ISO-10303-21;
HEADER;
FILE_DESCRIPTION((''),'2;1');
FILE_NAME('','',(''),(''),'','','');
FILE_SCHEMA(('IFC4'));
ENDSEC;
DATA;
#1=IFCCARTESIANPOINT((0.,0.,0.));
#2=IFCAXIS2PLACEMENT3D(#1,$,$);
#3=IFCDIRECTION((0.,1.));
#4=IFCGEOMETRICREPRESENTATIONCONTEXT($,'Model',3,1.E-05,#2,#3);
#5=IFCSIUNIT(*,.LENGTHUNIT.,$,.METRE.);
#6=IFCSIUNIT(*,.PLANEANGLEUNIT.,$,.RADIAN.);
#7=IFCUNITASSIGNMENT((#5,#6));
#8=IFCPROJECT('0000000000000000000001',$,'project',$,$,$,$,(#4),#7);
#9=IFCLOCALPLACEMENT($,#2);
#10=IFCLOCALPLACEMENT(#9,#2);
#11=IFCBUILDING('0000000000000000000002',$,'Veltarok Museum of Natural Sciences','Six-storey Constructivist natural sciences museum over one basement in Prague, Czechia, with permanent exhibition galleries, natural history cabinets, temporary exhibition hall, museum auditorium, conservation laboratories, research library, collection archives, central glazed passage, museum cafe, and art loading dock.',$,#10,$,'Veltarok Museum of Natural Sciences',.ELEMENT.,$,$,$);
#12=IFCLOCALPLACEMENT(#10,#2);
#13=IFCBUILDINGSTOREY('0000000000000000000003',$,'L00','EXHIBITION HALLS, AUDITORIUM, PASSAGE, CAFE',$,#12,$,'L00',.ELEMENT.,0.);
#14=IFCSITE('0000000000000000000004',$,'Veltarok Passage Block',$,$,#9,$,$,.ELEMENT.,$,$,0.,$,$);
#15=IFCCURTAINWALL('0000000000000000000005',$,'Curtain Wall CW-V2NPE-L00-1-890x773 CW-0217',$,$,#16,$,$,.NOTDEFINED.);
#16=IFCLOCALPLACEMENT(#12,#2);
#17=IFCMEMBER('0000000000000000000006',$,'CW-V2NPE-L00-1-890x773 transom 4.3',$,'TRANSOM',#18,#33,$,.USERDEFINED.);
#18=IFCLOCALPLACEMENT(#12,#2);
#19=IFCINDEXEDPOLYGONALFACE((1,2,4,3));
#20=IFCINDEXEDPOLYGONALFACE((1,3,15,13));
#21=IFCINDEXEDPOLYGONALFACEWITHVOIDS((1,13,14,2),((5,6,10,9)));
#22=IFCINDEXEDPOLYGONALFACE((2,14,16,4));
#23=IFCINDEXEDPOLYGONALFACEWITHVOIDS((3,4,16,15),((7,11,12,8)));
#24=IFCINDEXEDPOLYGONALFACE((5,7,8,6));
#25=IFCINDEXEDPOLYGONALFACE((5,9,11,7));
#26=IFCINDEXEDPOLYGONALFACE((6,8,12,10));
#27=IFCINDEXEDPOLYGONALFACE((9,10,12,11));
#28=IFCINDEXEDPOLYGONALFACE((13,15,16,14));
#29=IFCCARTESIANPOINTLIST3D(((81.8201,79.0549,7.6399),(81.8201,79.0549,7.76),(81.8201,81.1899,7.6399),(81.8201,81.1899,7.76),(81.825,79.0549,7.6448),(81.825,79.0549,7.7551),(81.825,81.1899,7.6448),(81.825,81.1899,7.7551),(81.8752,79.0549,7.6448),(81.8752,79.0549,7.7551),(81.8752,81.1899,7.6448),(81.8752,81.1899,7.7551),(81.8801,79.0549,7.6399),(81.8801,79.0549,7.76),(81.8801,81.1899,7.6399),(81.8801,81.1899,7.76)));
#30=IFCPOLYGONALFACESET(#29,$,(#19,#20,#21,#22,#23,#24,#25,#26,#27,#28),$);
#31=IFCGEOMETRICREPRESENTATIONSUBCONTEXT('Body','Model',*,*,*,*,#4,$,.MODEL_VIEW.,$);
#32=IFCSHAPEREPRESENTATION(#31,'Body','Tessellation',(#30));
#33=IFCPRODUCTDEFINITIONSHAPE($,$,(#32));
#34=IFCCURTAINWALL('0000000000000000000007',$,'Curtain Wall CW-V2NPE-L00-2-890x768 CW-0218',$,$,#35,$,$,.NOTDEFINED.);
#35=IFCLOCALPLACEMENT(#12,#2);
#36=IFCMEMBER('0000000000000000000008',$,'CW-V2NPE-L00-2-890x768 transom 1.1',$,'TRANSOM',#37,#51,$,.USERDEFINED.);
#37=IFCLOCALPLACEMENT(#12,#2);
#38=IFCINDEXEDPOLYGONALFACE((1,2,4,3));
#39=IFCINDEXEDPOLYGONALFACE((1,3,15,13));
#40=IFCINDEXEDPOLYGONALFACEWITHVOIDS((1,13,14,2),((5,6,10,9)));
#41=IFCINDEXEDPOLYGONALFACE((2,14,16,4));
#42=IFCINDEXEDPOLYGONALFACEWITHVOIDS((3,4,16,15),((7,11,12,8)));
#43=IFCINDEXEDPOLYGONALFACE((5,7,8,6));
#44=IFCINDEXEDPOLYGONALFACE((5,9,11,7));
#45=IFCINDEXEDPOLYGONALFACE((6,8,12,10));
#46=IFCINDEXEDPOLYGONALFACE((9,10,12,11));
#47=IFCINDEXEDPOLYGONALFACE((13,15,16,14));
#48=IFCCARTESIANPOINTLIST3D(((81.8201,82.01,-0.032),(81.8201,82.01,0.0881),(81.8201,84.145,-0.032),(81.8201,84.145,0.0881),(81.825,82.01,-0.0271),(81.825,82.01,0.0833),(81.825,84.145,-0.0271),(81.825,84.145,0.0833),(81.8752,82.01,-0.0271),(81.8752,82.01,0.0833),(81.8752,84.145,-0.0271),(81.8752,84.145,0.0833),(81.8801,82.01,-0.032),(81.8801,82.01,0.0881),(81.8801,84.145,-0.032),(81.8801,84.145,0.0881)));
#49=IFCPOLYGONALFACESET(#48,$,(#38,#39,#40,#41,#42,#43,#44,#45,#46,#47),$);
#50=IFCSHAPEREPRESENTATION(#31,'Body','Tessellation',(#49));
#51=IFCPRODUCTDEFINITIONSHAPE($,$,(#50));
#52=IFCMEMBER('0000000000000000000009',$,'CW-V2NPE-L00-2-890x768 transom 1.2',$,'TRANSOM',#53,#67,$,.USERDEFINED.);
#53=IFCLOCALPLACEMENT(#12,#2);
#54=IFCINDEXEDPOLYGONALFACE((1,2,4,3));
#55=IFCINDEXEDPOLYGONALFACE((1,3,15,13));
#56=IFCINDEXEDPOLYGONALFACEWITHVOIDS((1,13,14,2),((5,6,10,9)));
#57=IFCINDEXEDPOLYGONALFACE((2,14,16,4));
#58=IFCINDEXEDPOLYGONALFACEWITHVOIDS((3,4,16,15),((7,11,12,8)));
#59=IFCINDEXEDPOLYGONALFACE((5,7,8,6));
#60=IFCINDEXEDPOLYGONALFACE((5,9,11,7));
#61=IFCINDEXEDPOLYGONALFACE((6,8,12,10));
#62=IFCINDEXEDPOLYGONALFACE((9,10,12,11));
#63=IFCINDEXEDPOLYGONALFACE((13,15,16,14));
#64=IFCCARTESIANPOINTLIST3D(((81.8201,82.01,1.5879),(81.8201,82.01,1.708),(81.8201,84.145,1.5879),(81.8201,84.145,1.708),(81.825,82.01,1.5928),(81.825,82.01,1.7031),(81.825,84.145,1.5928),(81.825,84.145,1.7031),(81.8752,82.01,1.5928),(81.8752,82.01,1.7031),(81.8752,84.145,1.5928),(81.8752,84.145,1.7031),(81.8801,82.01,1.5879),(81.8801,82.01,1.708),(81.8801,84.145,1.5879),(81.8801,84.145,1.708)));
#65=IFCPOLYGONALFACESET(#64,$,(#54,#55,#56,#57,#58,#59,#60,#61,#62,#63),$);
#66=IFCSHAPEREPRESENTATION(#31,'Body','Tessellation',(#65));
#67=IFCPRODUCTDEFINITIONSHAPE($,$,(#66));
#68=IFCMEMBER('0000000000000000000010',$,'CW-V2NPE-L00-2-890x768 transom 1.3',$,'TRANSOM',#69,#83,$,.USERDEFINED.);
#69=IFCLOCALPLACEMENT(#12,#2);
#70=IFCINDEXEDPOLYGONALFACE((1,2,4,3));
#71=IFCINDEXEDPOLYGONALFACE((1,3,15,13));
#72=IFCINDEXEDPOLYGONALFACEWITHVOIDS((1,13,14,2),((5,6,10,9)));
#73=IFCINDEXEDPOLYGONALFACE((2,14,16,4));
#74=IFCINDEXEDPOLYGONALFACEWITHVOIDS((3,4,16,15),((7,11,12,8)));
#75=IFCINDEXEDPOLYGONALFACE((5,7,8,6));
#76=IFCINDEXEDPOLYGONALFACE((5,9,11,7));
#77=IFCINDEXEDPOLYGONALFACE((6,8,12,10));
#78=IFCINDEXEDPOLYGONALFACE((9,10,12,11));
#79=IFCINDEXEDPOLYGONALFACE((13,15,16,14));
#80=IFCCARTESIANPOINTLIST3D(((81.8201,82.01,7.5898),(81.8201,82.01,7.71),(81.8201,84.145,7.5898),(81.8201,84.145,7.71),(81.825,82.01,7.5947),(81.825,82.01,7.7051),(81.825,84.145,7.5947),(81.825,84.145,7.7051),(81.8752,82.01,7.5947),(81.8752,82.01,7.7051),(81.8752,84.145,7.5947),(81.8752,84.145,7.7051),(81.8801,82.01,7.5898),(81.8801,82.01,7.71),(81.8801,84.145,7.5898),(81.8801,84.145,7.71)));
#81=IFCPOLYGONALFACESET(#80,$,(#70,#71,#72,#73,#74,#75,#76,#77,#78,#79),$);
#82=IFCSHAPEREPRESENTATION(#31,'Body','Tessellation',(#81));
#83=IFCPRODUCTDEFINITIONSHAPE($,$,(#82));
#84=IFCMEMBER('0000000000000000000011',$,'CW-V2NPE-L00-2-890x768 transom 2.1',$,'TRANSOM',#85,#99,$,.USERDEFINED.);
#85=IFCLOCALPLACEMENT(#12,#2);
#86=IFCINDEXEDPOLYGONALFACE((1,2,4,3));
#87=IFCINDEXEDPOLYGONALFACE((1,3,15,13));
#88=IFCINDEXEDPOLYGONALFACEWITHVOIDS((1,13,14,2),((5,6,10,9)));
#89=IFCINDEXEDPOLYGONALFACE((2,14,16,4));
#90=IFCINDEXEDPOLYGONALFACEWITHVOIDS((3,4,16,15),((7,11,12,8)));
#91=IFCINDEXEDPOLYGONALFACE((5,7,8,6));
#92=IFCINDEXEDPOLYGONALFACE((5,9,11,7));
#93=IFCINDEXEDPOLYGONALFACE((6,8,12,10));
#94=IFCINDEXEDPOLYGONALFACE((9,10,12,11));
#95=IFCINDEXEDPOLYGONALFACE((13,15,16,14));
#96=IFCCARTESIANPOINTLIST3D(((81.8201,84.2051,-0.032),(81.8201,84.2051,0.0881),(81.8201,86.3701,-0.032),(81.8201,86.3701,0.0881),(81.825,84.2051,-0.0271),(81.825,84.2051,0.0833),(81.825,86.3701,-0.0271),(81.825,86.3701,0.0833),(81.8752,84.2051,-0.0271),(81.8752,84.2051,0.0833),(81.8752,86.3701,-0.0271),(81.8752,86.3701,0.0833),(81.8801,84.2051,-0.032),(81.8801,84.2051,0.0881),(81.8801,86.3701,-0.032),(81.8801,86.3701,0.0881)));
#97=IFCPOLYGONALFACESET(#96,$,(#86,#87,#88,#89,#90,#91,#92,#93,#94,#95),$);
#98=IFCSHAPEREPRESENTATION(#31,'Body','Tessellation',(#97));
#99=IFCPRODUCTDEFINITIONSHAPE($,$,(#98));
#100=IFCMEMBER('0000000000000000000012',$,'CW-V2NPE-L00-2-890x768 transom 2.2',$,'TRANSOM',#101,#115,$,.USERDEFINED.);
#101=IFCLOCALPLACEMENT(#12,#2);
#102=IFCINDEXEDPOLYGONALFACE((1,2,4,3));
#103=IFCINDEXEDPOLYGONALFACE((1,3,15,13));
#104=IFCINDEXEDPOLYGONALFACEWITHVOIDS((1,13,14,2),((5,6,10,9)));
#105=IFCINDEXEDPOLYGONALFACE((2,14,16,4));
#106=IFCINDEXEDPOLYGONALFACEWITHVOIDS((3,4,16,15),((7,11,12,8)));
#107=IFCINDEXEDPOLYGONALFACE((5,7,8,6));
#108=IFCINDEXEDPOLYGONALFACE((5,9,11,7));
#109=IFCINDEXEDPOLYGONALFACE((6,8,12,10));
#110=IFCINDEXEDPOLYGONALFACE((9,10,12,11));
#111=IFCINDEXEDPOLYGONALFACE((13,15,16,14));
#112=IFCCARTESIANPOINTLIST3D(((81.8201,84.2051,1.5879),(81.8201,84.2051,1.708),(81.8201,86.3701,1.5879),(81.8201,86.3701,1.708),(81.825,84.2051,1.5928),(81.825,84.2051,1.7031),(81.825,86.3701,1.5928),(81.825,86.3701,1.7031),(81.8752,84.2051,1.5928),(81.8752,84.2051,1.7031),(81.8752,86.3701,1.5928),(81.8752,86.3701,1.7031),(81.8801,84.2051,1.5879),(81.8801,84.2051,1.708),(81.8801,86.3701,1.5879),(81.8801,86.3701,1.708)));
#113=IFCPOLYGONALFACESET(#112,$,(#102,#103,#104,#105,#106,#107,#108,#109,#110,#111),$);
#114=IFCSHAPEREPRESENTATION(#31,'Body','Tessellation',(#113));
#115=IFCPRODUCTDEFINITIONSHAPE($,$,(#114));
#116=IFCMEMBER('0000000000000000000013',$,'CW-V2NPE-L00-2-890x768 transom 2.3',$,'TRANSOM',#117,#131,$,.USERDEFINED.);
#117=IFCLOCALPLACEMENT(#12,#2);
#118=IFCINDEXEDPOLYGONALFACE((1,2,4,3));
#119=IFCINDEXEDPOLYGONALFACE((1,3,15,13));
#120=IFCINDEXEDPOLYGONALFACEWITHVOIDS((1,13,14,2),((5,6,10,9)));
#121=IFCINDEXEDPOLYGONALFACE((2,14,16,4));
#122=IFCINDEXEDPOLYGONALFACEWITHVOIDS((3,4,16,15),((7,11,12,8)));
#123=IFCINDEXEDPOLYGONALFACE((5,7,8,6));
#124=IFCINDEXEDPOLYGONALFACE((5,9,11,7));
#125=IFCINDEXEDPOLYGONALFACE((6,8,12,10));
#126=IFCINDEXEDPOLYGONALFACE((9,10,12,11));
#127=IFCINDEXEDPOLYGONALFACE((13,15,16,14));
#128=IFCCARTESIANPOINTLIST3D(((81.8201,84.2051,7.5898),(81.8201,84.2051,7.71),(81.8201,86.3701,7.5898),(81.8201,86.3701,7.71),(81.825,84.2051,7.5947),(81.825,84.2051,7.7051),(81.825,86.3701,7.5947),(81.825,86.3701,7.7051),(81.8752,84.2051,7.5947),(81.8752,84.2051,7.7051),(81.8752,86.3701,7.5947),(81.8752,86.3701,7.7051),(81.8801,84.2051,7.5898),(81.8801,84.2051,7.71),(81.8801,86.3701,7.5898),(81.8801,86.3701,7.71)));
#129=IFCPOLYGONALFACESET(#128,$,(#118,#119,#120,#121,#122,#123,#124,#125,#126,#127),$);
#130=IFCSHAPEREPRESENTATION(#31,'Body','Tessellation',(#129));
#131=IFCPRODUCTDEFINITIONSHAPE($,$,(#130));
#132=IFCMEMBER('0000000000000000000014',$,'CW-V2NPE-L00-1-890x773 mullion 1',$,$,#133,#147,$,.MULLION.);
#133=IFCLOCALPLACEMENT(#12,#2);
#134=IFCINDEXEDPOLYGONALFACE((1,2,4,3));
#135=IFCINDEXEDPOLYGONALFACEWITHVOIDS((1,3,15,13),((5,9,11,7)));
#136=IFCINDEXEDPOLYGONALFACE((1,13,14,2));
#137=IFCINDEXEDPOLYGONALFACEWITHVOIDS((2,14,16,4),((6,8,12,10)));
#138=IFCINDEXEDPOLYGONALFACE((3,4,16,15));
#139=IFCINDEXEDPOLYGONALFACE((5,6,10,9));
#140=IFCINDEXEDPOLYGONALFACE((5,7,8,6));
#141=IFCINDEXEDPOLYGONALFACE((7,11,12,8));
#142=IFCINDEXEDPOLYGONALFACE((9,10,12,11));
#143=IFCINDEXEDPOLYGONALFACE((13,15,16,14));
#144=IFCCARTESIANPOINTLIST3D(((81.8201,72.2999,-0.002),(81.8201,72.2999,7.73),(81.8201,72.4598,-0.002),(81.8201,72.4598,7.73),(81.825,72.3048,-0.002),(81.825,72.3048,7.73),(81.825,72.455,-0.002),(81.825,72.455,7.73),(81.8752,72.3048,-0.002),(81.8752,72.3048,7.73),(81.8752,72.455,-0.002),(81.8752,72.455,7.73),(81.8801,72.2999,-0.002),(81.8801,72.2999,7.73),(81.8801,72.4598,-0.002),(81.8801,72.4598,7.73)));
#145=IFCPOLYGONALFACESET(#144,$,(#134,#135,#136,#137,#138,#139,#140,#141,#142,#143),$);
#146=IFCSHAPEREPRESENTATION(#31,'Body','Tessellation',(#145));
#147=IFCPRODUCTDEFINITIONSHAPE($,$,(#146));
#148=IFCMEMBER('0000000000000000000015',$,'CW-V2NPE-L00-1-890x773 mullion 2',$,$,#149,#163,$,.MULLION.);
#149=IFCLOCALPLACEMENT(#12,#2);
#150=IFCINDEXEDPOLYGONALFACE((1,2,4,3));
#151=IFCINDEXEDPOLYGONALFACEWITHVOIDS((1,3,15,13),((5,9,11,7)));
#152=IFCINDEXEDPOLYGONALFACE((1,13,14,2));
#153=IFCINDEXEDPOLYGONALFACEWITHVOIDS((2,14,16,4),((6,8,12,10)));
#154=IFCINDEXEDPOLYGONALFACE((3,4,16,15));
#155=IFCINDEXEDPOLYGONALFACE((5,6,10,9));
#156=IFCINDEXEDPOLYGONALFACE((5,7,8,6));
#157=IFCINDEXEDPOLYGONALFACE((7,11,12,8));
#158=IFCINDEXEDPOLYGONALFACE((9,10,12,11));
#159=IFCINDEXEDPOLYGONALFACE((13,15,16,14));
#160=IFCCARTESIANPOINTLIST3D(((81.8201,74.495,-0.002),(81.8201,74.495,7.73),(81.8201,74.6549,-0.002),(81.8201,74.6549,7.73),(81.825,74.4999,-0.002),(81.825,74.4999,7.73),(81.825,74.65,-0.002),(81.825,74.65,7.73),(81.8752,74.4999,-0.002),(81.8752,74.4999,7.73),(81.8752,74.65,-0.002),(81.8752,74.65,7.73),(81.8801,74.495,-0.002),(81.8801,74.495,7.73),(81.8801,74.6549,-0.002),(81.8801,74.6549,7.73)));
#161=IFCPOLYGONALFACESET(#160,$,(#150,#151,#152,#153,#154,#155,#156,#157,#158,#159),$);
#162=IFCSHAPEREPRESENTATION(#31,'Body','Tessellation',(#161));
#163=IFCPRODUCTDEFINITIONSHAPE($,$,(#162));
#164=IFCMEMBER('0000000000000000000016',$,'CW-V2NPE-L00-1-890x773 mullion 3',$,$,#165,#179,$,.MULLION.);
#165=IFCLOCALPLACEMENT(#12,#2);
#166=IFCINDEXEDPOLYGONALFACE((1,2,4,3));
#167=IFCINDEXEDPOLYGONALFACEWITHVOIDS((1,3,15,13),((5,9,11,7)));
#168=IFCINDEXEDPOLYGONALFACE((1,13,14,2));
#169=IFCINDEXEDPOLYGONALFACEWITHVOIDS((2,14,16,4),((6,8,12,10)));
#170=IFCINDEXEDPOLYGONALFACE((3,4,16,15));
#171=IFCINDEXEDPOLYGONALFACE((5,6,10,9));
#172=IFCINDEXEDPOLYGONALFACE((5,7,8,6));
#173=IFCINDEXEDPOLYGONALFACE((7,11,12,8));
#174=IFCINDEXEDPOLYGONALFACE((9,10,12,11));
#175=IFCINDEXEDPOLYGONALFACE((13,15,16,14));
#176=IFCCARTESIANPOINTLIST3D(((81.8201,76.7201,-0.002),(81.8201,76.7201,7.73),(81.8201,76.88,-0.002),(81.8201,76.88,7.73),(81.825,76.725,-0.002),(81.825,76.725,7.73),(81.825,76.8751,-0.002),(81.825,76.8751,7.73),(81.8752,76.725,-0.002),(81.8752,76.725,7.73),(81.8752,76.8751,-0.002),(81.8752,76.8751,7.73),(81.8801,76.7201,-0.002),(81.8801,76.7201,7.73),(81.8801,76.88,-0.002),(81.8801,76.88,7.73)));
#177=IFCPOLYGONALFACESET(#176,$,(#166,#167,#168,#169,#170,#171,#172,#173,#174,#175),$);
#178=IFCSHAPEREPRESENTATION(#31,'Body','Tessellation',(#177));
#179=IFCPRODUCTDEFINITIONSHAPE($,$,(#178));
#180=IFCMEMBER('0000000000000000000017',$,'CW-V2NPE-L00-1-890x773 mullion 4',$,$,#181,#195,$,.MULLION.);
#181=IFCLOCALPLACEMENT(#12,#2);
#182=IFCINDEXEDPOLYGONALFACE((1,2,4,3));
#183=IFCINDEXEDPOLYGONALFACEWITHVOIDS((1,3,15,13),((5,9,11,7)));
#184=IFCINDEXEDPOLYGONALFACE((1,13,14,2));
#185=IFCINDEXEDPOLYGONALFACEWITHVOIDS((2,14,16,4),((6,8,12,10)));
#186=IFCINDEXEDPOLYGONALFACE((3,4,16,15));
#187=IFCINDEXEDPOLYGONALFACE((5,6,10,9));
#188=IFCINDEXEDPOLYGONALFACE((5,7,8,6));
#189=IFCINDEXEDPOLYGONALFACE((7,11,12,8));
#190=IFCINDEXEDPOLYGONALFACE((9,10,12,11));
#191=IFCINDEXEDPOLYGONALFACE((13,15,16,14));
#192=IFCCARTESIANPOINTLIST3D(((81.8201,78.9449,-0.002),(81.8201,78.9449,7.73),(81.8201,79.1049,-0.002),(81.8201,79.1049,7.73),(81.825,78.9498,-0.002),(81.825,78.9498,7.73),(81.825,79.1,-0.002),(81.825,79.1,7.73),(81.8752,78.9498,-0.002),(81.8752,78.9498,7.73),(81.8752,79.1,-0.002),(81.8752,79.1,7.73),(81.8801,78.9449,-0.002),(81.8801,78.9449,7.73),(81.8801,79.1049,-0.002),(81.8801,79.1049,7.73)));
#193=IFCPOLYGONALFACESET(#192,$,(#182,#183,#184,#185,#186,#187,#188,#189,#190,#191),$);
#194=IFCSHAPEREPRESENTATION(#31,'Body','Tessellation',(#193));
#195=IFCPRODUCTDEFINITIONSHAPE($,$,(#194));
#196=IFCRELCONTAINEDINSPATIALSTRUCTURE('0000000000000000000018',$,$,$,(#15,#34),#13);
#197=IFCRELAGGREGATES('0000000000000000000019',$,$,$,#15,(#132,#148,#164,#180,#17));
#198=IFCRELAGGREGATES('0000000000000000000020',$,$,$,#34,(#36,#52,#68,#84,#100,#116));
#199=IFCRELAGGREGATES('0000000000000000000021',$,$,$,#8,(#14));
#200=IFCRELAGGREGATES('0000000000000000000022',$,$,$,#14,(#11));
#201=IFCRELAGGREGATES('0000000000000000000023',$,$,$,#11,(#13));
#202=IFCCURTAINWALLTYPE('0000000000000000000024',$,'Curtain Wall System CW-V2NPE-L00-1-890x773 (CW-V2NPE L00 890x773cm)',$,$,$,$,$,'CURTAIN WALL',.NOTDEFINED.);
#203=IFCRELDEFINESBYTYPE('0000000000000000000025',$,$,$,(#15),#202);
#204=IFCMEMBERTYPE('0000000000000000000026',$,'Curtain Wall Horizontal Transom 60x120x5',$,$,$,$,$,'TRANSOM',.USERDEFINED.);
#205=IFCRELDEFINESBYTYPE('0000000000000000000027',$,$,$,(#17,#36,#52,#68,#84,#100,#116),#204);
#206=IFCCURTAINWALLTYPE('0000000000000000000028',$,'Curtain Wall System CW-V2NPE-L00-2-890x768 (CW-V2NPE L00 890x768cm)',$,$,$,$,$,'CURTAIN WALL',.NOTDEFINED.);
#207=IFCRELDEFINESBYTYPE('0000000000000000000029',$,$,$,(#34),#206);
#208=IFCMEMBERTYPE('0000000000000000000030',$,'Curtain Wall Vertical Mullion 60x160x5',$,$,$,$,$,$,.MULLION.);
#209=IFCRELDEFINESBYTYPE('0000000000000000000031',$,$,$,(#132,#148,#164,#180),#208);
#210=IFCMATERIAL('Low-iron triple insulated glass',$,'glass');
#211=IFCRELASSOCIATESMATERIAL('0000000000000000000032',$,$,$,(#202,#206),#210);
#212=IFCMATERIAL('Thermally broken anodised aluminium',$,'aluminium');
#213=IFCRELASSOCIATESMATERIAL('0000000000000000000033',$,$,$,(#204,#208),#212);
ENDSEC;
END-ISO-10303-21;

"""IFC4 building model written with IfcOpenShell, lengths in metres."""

from ifc_helpers import new_model, si_unit, direction, frame, origin, origin_2d, place, context, subcontext, project, spatial, hollow_rectangle, extrude, material, material_profile, profile_set, type_object, element, aggregate, save


model = new_model("IFC4")

# Units and contexts
model_context = context("Model", 3, precision=1e-05, world=origin(), true_north=direction((0.0, 1.0)))
body_context = subcontext(model_context, "Body", "Model", "MODEL_VIEW")
ifc_project = project(units=[si_unit("LENGTHUNIT", "METRE"), si_unit("PLANEANGLEUNIT", "RADIAN")], contexts=[model_context])

# Site, building, storey
site_placement = place(None, origin())
site = spatial("IfcSite", under=ifc_project, at=site_placement, Name="Veltarok Passage Block", CompositionType="ELEMENT", RefElevation=0.0)
building_placement = place(site_placement, origin())
building = spatial("IfcBuilding", under=site, at=building_placement, Name="Veltarok Museum of Natural Sciences", Description="Six-storey Constructivist natural sciences museum over one basement in Prague, Czechia, with permanent exhibition galleries, natural history cabinets, temporary exhibition hall, museum auditorium, conservation laboratories, research library, collection archives, central glazed passage, museum cafe, and art loading dock.", LongName="Veltarok Museum of Natural Sciences", CompositionType="ELEMENT")
storey_placement = place(building_placement, origin())
storey = spatial("IfcBuildingStorey", under=building, at=storey_placement, Name="L00", Description="EXHIBITION HALLS, AUDITORIUM, PASSAGE, CAFE", LongName="L00", CompositionType="ELEMENT", Elevation=0.0)

# Curtain walls, members
ifc_material_1 = material(Name="Low-iron triple insulated glass", Category="glass")
curtain_wall_type_1 = type_object("IfcCurtainWallType", Name="Curtain Wall System CW-V2NPE-L00-1-890x773 (CW-V2NPE L00 890x773cm)", ElementType="CURTAIN WALL", PredefinedType="NOTDEFINED", material=ifc_material_1)
curtain_wall_1_placement = place(storey_placement, origin())
curtain_wall_1 = element("IfcCurtainWall", 1, at=curtain_wall_1_placement, inside=storey, type_object=curtain_wall_type_1, Name="Curtain Wall CW-V2NPE-L00-1-890x773 CW-0217", PredefinedType="NOTDEFINED")
ifc_material_2 = material(Name="Thermally broken anodised aluminium", Category="aluminium")
ifc_material_profile_1 = material_profile(ifc_material_2, hollow_rectangle(XDim=0.0601, YDim=0.1201, WallThickness=0.0049, at=origin_2d()), Name="CW TRANSOM 60x120x5")
ifc_profile_set_1 = profile_set([ifc_material_profile_1], Name="Thermally broken anodised aluminium")
member_type_1 = type_object("IfcMemberType", Name="Curtain Wall Horizontal Transom 60x120x5", ElementType="TRANSOM", PredefinedType="USERDEFINED", material=ifc_profile_set_1)
member_1_placement = place(storey_placement, frame((81.8501, 79.0549, 7.7), z_axis=(0.0, 1.0, 0.0), x_axis=(-1.0, 0.0, 0.0)))
member_1 = element("IfcMember", 2, at=member_1_placement, type_object=member_type_1, Name="CW-V2NPE-L00-1-890x773 transom 4.3", ObjectType="TRANSOM", PredefinedType="USERDEFINED", context=body_context, shape_type="SweptSolid", body=[
    extrude(hollow_rectangle(XDim=0.0601, YDim=0.1201, WallThickness=0.0049, at=origin_2d()), origin(), (0.0, 0.0, 1.0), 2.135),
])
curtain_wall_type_2 = type_object("IfcCurtainWallType", Name="Curtain Wall System CW-V2NPE-L00-2-890x768 (CW-V2NPE L00 890x768cm)", ElementType="CURTAIN WALL", PredefinedType="NOTDEFINED", material=ifc_material_1)
curtain_wall_2_placement = place(storey_placement, origin())
curtain_wall_2 = element("IfcCurtainWall", 3, at=curtain_wall_2_placement, inside=storey, type_object=curtain_wall_type_2, Name="Curtain Wall CW-V2NPE-L00-2-890x768 CW-0218", PredefinedType="NOTDEFINED")
member_2_placement = place(storey_placement, frame((81.8501, 82.01, 0.0281), z_axis=(0.0, 1.0, 0.0), x_axis=(-1.0, 0.0, 0.0)))
member_2 = element("IfcMember", 4, at=member_2_placement, type_object=member_type_1, Name="CW-V2NPE-L00-2-890x768 transom 1.1", ObjectType="TRANSOM", PredefinedType="USERDEFINED", context=body_context, shape_type="SweptSolid", body=[
    extrude(hollow_rectangle(XDim=0.0601, YDim=0.1201, WallThickness=0.0049, at=origin_2d()), origin(), (0.0, 0.0, 1.0), 2.135),
])
member_3_placement = place(storey_placement, frame((81.8501, 82.01, 1.6479), z_axis=(0.0, 1.0, 0.0), x_axis=(-1.0, 0.0, 0.0)))
member_3 = element("IfcMember", 5, at=member_3_placement, type_object=member_type_1, Name="CW-V2NPE-L00-2-890x768 transom 1.2", ObjectType="TRANSOM", PredefinedType="USERDEFINED", context=body_context, shape_type="SweptSolid", body=[
    extrude(hollow_rectangle(XDim=0.0601, YDim=0.1201, WallThickness=0.0049, at=origin_2d()), origin(), (0.0, 0.0, 1.0), 2.135),
])
member_4_placement = place(storey_placement, frame((81.8501, 82.01, 7.6499), z_axis=(0.0, 1.0, 0.0), x_axis=(-1.0, 0.0, 0.0)))
member_4 = element("IfcMember", 6, at=member_4_placement, type_object=member_type_1, Name="CW-V2NPE-L00-2-890x768 transom 1.3", ObjectType="TRANSOM", PredefinedType="USERDEFINED", context=body_context, shape_type="SweptSolid", body=[
    extrude(hollow_rectangle(XDim=0.0601, YDim=0.1201, WallThickness=0.0049, at=origin_2d()), origin(), (0.0, 0.0, 1.0), 2.135),
])
member_5_placement = place(storey_placement, frame((81.8501, 84.2051, 0.0281), z_axis=(0.0, 1.0, 0.0), x_axis=(-1.0, 0.0, 0.0)))
member_5 = element("IfcMember", 7, at=member_5_placement, type_object=member_type_1, Name="CW-V2NPE-L00-2-890x768 transom 2.1", ObjectType="TRANSOM", PredefinedType="USERDEFINED", context=body_context, shape_type="SweptSolid", body=[
    extrude(hollow_rectangle(XDim=0.0601, YDim=0.1201, WallThickness=0.0049, at=origin_2d()), origin(), (0.0, 0.0, 1.0), 2.165),
])
member_6_placement = place(storey_placement, frame((81.8501, 84.2051, 1.6479), z_axis=(0.0, 1.0, 0.0), x_axis=(-1.0, 0.0, 0.0)))
member_6 = element("IfcMember", 8, at=member_6_placement, type_object=member_type_1, Name="CW-V2NPE-L00-2-890x768 transom 2.2", ObjectType="TRANSOM", PredefinedType="USERDEFINED", context=body_context, shape_type="SweptSolid", body=[
    extrude(hollow_rectangle(XDim=0.0601, YDim=0.1201, WallThickness=0.0049, at=origin_2d()), origin(), (0.0, 0.0, 1.0), 2.165),
])
member_7_placement = place(storey_placement, frame((81.8501, 84.2051, 7.6499), z_axis=(0.0, 1.0, 0.0), x_axis=(-1.0, 0.0, 0.0)))
member_7 = element("IfcMember", 9, at=member_7_placement, type_object=member_type_1, Name="CW-V2NPE-L00-2-890x768 transom 2.3", ObjectType="TRANSOM", PredefinedType="USERDEFINED", context=body_context, shape_type="SweptSolid", body=[
    extrude(hollow_rectangle(XDim=0.0601, YDim=0.1201, WallThickness=0.0049, at=origin_2d()), origin(), (0.0, 0.0, 1.0), 2.165),
])

# Members
ifc_material_profile_2 = material_profile(ifc_material_2, hollow_rectangle(XDim=0.0601, YDim=0.1599, WallThickness=0.0049, at=origin_2d()), Name="CW MULLION 60x160x5")
ifc_profile_set_2 = profile_set([ifc_material_profile_2], Name="Thermally broken anodised aluminium")
member_type_2 = type_object("IfcMemberType", Name="Curtain Wall Vertical Mullion 60x160x5", PredefinedType="MULLION", material=ifc_profile_set_2)
member_8_placement = place(storey_placement, frame((81.8501, 72.3799, -0.002), z_axis=(0.0, 0.0, 1.0), x_axis=(-1.0, 0.0, 0.0)))
member_8 = element("IfcMember", 10, at=member_8_placement, type_object=member_type_2, Name="CW-V2NPE-L00-1-890x773 mullion 1", PredefinedType="MULLION", context=body_context, shape_type="SweptSolid", body=[
    extrude(hollow_rectangle(XDim=0.0601, YDim=0.1599, WallThickness=0.0049, at=origin_2d()), origin(), (0.0, 0.0, 1.0), 7.7319),
])
member_9_placement = place(storey_placement, frame((81.8501, 74.575, -0.002), z_axis=(0.0, 0.0, 1.0), x_axis=(-1.0, 0.0, 0.0)))
member_9 = element("IfcMember", 11, at=member_9_placement, type_object=member_type_2, Name="CW-V2NPE-L00-1-890x773 mullion 2", PredefinedType="MULLION", context=body_context, shape_type="SweptSolid", body=[
    extrude(hollow_rectangle(XDim=0.0601, YDim=0.1599, WallThickness=0.0049, at=origin_2d()), origin(), (0.0, 0.0, 1.0), 7.7319),
])
member_10_placement = place(storey_placement, frame((81.8501, 76.8, -0.002), z_axis=(0.0, 0.0, 1.0), x_axis=(-1.0, 0.0, 0.0)))
member_10 = element("IfcMember", 12, at=member_10_placement, type_object=member_type_2, Name="CW-V2NPE-L00-1-890x773 mullion 3", PredefinedType="MULLION", context=body_context, shape_type="SweptSolid", body=[
    extrude(hollow_rectangle(XDim=0.0601, YDim=0.1599, WallThickness=0.0049, at=origin_2d()), origin(), (0.0, 0.0, 1.0), 7.7319),
])
member_11_placement = place(storey_placement, frame((81.8501, 79.0249, -0.002), z_axis=(0.0, 0.0, 1.0), x_axis=(-1.0, 0.0, 0.0)))
member_11 = element("IfcMember", 13, at=member_11_placement, type_object=member_type_2, Name="CW-V2NPE-L00-1-890x773 mullion 4", PredefinedType="MULLION", context=body_context, shape_type="SweptSolid", body=[
    extrude(hollow_rectangle(XDim=0.0601, YDim=0.1599, WallThickness=0.0049, at=origin_2d()), origin(), (0.0, 0.0, 1.0), 7.7319),
])

aggregate(curtain_wall_1, [member_8, member_9, member_10, member_11, member_1])
aggregate(curtain_wall_2, [member_2, member_3, member_4, member_5, member_6, member_7])

save(model, "model.ifc")
